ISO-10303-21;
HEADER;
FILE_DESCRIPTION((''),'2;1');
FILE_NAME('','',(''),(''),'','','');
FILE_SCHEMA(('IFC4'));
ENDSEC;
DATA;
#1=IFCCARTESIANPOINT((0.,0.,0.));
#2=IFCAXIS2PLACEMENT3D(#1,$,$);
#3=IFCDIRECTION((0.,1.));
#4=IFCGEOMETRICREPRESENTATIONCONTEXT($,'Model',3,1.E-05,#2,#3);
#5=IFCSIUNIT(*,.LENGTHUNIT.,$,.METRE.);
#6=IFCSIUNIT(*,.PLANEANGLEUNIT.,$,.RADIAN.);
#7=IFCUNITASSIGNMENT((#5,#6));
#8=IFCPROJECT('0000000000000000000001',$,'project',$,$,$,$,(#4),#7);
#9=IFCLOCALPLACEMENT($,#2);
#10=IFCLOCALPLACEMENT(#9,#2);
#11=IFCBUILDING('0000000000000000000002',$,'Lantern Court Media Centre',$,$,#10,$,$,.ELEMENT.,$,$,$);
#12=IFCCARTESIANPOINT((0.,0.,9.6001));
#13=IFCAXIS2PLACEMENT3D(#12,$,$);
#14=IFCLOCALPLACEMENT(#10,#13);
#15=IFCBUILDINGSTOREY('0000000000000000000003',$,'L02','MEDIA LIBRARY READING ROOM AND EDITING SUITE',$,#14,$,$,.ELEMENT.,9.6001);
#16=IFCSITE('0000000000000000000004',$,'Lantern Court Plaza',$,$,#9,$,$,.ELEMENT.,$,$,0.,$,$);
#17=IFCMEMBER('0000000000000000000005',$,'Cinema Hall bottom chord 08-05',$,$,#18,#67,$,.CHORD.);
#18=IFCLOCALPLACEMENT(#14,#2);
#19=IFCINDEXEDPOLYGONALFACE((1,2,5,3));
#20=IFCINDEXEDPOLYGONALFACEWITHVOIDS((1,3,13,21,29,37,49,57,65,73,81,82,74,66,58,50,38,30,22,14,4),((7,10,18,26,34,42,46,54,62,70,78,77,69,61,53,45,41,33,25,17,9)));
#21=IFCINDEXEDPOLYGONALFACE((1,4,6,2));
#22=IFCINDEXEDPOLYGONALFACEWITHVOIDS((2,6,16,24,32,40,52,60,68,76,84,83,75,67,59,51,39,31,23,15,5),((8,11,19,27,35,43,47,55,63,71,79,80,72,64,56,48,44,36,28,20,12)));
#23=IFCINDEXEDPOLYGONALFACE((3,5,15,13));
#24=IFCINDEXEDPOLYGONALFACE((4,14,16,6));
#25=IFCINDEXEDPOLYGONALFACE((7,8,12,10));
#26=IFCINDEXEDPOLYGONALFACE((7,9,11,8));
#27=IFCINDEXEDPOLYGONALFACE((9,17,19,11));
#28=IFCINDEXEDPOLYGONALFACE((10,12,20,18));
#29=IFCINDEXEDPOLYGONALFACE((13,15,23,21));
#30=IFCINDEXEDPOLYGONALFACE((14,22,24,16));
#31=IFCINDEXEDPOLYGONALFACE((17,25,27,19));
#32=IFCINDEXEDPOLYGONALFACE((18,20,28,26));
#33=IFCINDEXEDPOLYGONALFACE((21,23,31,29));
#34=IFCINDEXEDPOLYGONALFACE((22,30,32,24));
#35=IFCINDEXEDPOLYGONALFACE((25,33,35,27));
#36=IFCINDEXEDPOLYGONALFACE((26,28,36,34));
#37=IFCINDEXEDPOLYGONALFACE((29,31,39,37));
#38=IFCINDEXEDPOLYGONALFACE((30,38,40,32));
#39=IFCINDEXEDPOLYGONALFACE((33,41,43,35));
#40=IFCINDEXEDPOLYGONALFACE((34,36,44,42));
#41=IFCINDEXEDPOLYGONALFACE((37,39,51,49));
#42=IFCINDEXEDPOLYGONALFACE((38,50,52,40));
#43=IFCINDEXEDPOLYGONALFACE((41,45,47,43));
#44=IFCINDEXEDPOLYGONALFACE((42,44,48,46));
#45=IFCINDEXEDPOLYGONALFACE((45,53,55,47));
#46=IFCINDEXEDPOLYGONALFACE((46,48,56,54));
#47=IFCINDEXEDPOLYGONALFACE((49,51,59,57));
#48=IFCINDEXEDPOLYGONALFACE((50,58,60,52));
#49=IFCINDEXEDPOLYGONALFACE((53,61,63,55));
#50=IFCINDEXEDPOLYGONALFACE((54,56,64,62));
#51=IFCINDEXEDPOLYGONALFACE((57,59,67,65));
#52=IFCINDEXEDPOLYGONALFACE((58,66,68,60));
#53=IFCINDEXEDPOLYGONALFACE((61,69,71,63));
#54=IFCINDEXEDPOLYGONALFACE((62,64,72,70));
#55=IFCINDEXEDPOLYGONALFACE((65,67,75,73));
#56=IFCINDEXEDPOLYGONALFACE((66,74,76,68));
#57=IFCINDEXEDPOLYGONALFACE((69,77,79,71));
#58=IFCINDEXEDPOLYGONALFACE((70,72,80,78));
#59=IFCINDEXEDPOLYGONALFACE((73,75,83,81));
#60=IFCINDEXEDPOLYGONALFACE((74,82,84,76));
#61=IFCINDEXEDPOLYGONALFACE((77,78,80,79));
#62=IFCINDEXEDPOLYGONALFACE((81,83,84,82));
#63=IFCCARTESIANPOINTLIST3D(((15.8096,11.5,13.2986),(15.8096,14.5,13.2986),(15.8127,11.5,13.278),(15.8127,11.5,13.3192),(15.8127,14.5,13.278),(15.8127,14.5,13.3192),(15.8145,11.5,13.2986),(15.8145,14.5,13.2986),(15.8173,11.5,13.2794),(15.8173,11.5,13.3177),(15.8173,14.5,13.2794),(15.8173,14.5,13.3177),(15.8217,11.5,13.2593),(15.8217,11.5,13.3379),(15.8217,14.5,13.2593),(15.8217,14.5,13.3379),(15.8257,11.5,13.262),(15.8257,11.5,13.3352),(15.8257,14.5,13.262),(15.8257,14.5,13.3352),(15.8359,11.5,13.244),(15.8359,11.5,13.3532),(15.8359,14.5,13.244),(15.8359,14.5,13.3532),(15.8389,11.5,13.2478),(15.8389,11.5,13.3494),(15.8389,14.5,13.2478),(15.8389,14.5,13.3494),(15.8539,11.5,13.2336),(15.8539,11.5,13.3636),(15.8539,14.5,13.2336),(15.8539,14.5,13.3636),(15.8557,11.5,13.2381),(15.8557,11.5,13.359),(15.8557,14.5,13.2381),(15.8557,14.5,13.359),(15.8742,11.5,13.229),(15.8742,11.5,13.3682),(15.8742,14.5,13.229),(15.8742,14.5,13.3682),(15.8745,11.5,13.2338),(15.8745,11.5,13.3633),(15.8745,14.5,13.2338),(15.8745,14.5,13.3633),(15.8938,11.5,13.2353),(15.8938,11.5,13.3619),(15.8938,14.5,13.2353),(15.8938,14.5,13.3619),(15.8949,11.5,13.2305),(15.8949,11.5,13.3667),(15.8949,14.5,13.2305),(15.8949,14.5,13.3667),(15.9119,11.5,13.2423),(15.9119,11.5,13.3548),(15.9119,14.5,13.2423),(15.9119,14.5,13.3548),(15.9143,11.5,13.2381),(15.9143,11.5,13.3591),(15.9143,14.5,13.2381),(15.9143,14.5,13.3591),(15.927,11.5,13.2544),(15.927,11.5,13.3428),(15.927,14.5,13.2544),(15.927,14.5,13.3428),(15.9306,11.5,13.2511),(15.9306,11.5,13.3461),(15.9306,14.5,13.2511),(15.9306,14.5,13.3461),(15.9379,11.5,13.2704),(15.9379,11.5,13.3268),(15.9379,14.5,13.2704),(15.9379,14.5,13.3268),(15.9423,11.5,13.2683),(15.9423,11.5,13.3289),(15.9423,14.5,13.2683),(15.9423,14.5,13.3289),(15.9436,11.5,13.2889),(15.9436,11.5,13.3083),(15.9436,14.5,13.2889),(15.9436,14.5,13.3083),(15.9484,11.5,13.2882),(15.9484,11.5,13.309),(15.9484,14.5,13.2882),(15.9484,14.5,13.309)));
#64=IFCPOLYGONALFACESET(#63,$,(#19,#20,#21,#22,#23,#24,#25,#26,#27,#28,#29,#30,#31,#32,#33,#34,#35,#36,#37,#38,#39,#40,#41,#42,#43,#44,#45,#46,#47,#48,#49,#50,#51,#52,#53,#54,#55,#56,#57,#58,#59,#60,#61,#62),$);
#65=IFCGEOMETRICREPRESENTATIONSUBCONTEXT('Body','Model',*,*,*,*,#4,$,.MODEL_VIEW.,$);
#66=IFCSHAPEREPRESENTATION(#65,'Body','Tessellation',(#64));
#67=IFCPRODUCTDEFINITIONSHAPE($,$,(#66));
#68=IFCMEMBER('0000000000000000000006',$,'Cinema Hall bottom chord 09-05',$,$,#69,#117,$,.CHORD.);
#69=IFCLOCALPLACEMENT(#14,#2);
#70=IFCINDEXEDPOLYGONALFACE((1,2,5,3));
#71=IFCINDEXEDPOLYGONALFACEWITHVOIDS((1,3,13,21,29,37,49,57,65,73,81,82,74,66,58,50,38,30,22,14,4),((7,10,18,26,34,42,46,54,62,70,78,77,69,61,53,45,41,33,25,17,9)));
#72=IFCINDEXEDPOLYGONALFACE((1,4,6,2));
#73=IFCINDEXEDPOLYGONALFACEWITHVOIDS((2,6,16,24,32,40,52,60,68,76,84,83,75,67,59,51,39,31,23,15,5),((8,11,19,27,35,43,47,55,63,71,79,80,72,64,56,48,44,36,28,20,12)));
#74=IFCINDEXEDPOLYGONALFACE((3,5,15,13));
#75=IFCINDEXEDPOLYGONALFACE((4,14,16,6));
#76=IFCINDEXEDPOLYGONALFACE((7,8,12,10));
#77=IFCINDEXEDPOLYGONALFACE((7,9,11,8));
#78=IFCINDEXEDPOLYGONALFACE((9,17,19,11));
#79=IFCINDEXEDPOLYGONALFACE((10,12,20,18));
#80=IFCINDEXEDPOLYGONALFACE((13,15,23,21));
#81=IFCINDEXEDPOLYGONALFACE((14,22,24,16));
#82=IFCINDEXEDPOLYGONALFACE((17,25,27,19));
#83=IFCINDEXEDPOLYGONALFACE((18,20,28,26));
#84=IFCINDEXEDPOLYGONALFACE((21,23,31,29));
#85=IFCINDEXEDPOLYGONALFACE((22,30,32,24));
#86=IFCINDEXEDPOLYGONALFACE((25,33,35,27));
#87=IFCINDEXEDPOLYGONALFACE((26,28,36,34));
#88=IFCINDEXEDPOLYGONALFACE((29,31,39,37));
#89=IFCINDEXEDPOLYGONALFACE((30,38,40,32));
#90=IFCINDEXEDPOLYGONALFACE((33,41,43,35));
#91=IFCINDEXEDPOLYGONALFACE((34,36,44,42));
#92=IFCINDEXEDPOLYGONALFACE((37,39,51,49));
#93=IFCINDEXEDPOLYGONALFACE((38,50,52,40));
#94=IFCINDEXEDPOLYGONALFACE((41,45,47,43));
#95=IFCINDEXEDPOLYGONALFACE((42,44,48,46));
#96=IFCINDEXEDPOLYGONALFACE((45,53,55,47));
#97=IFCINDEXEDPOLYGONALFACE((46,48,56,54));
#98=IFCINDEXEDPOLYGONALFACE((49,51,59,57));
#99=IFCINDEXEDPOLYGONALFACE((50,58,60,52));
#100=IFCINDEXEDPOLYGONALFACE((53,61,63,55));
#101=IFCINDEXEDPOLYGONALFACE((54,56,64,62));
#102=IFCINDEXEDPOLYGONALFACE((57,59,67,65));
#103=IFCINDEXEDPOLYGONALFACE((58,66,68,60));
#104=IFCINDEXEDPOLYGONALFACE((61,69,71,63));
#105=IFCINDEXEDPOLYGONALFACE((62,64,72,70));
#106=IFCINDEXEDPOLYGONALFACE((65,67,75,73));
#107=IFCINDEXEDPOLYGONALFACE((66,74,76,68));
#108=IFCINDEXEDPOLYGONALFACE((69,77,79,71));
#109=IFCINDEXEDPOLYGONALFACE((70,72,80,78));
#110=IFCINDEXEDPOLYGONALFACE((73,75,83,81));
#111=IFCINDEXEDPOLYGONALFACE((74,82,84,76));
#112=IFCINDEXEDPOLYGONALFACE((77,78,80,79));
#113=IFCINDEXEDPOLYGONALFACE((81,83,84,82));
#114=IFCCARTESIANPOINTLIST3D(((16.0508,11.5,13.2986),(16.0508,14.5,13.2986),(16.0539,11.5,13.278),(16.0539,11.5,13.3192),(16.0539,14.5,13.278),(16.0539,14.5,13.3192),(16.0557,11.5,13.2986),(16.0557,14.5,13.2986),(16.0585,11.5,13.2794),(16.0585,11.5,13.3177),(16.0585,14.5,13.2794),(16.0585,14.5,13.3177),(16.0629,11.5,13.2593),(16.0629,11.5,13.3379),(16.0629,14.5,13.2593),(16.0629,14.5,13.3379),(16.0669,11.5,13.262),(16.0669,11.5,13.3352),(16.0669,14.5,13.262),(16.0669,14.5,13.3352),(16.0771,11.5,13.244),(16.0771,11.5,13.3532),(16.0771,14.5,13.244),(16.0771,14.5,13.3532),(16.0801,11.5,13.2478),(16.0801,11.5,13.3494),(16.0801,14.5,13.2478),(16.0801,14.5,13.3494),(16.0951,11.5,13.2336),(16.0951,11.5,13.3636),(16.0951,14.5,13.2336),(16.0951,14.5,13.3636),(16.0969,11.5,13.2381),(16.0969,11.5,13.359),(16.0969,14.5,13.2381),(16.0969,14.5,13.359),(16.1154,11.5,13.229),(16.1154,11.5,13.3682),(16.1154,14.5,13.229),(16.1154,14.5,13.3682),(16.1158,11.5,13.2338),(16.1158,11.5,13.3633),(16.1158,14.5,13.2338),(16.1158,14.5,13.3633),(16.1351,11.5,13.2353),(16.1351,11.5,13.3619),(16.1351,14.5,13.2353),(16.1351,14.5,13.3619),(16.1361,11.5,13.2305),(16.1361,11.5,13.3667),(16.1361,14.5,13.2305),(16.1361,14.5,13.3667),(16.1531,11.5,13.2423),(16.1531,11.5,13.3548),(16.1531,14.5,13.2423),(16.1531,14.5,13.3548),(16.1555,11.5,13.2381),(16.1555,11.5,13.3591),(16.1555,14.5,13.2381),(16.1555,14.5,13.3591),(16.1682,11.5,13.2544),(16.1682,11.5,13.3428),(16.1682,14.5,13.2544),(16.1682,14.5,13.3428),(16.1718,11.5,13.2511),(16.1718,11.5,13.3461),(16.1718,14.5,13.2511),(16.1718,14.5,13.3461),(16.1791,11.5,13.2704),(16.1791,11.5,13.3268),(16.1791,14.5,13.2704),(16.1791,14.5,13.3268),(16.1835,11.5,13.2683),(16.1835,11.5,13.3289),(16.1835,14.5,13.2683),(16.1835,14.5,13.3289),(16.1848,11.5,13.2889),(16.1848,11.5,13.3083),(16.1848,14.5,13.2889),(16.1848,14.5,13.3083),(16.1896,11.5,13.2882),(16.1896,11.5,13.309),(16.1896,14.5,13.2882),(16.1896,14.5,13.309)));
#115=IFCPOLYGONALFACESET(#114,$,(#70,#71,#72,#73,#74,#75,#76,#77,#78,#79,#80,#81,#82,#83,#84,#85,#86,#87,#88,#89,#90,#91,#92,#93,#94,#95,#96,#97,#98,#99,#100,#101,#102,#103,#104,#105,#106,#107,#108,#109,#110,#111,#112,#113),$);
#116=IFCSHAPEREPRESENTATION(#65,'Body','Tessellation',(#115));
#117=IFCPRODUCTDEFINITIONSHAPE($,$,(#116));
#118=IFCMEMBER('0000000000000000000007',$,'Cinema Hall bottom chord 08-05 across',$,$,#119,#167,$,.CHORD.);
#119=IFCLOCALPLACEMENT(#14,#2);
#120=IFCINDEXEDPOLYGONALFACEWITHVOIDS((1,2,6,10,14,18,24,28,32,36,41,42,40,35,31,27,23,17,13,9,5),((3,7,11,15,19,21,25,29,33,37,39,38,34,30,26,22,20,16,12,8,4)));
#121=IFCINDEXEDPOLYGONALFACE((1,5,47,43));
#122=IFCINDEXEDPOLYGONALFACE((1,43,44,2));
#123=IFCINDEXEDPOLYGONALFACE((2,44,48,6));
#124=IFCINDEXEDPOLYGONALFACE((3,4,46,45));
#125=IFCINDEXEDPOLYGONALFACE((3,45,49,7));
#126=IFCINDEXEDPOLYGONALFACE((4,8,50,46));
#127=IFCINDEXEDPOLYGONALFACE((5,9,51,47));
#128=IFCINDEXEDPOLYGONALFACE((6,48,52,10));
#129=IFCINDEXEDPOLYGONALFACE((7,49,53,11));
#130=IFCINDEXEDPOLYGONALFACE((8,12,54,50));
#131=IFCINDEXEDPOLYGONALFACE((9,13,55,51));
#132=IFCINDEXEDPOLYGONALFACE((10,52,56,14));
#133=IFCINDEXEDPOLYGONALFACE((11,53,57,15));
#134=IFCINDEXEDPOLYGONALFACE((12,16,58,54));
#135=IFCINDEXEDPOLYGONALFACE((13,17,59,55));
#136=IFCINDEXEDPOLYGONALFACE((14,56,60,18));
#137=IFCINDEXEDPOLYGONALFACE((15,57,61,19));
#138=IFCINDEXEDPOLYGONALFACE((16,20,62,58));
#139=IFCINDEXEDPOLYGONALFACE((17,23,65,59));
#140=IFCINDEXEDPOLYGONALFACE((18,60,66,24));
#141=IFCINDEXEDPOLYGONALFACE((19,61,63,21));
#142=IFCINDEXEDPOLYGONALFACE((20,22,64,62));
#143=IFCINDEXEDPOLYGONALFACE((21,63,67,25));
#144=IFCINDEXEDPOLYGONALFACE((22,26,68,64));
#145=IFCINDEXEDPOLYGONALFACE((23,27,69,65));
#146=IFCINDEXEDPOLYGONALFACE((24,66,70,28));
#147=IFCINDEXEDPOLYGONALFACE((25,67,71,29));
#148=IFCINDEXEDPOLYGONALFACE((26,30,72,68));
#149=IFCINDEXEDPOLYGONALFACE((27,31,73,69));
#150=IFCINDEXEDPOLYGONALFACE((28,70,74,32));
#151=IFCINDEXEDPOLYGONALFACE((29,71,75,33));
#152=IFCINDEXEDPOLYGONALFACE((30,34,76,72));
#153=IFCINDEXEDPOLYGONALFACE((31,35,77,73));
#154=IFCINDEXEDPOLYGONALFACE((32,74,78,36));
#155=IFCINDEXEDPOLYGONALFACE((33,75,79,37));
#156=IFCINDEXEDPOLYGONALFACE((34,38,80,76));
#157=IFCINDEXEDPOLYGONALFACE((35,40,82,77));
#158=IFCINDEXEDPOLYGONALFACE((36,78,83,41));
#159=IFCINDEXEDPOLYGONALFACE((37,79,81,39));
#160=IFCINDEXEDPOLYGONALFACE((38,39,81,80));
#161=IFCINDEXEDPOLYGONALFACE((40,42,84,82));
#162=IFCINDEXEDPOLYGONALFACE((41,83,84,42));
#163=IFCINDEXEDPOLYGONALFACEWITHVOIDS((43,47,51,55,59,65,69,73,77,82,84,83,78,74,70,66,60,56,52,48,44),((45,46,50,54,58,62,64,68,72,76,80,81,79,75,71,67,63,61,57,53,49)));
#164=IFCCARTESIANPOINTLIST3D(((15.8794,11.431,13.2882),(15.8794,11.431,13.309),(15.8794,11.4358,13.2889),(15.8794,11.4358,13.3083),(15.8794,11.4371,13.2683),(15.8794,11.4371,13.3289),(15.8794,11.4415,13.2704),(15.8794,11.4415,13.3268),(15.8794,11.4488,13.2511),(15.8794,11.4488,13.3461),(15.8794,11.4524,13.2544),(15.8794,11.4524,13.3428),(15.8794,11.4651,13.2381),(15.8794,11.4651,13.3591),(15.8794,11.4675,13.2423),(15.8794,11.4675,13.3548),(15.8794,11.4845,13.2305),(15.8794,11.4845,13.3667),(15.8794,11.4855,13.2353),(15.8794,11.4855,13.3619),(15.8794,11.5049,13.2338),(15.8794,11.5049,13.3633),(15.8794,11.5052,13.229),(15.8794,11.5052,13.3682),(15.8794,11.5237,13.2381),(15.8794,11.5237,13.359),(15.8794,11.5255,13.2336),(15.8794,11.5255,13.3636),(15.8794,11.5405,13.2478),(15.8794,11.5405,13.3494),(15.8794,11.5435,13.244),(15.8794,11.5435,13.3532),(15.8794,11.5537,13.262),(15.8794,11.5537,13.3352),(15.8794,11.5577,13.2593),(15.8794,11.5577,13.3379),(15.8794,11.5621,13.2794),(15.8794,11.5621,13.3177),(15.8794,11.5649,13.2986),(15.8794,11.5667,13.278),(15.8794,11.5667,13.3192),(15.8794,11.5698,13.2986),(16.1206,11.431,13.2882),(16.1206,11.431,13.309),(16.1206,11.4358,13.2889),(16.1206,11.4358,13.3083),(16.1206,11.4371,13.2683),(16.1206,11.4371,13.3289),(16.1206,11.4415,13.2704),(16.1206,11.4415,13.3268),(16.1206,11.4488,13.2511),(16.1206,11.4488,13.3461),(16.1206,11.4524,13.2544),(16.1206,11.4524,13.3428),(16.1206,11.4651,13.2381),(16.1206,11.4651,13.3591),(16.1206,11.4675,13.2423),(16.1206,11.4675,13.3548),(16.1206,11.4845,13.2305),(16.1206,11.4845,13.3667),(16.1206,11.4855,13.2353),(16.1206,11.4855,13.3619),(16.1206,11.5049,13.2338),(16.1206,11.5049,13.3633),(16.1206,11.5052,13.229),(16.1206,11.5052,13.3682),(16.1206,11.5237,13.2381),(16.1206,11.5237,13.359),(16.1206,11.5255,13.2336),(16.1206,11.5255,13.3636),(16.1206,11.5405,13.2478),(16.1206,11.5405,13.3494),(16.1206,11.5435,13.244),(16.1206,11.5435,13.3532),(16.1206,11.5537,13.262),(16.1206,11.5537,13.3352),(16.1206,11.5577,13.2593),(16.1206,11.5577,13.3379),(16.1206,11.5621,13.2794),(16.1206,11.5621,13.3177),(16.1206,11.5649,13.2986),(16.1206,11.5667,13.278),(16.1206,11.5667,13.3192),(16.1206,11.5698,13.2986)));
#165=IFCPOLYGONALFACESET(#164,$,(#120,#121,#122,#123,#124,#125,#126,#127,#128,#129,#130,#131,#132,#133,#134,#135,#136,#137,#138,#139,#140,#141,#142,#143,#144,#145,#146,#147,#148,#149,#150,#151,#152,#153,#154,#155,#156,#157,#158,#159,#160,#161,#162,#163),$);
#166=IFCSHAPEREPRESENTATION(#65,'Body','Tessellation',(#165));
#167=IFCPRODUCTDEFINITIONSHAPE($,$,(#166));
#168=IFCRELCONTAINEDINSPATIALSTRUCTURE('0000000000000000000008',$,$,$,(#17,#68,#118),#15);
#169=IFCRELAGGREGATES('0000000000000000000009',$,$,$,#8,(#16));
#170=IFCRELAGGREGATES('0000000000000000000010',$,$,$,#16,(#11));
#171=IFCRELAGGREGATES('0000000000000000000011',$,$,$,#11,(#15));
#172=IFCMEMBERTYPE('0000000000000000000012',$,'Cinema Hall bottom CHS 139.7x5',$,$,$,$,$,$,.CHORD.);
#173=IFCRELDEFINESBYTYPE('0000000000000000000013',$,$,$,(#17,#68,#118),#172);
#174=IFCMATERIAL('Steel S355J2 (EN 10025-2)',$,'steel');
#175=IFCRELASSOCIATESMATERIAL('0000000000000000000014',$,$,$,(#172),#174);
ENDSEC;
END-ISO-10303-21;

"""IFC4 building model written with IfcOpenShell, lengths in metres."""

from ifc_helpers import new_model, si_unit, direction, frame, origin, origin_2d, place, context, subcontext, project, spatial, hollow_circle, extrude, material, material_profile, profile_set, type_object, element, save


model = new_model("IFC4")

# Units and contexts
model_context = context("Model", 3, precision=1e-05, world=origin(), true_north=direction((0.0, 1.0)))
body_context = subcontext(model_context, "Body", "Model", "MODEL_VIEW")
ifc_project = project(units=[si_unit("LENGTHUNIT", "METRE"), si_unit("PLANEANGLEUNIT", "RADIAN")], contexts=[model_context])

# Site, building, storey
site_placement = place(None, origin())
site = spatial("IfcSite", under=ifc_project, at=site_placement, Name="Lantern Court Plaza", CompositionType="ELEMENT", RefElevation=0.0)
building_placement = place(site_placement, origin())
building = spatial("IfcBuilding", under=site, at=building_placement, Name="Lantern Court Media Centre", CompositionType="ELEMENT")
storey_placement = place(building_placement, frame((0.0, 0.0, 9.6001)))
storey = spatial("IfcBuildingStorey", under=building, at=storey_placement, Name="L02", Description="MEDIA LIBRARY READING ROOM AND EDITING SUITE", CompositionType="ELEMENT", Elevation=9.6001)

# Members
ifc_material = material(Name="Steel S355J2 (EN 10025-2)", Category="steel")
ifc_material_profile_1 = material_profile(ifc_material, hollow_circle(Radius=0.0698, WallThickness=0.0049, at=origin_2d()), Name="Cinema Hall bottom CHS 139.7x5")
ifc_profile_set_1 = profile_set([ifc_material_profile_1], Name="Steel S355J2 (EN 10025-2)")
member_type_1 = type_object("IfcMemberType", Name="Cinema Hall bottom CHS 139.7x5", PredefinedType="CHORD", material=ifc_profile_set_1)
for number, where, z_axis, x_axis, name in (
    (1, (15.8794, 11.5, 13.2986), (0.0, 1.0, 0.0), (-1.0, 0.0, 0.0), "Cinema Hall bottom chord 08-05"),
    (2, (16.1206, 11.5, 13.2986), (0.0, 1.0, 0.0), (-1.0, 0.0, 0.0), "Cinema Hall bottom chord 09-05"),
):
    element("IfcMember", number, at=place(storey_placement, frame(where, z_axis=z_axis, x_axis=x_axis)), inside=storey, type_object=member_type_1, Name=name, PredefinedType="CHORD", context=body_context, shape_type="SweptSolid", body=[
        extrude(hollow_circle(Radius=0.0698, WallThickness=0.0049, at=origin_2d()), origin(), (0.0, 0.0, 1.0), 3.0),
    ])
member_1_placement = place(storey_placement, frame((15.8794, 11.5, 13.2986), z_axis=(1.0, 0.0, 0.0), x_axis=(0.0, 1.0, 0.0)))
element("IfcMember", 3, at=member_1_placement, inside=storey, type_object=member_type_1, Name="Cinema Hall bottom chord 08-05 across", PredefinedType="CHORD", context=body_context, shape_type="SweptSolid", body=[
    extrude(hollow_circle(Radius=0.0698, WallThickness=0.0049, at=origin_2d()), origin(), (0.0, 0.0, 1.0), 0.2412),
])

save(model, "model.ifc")
